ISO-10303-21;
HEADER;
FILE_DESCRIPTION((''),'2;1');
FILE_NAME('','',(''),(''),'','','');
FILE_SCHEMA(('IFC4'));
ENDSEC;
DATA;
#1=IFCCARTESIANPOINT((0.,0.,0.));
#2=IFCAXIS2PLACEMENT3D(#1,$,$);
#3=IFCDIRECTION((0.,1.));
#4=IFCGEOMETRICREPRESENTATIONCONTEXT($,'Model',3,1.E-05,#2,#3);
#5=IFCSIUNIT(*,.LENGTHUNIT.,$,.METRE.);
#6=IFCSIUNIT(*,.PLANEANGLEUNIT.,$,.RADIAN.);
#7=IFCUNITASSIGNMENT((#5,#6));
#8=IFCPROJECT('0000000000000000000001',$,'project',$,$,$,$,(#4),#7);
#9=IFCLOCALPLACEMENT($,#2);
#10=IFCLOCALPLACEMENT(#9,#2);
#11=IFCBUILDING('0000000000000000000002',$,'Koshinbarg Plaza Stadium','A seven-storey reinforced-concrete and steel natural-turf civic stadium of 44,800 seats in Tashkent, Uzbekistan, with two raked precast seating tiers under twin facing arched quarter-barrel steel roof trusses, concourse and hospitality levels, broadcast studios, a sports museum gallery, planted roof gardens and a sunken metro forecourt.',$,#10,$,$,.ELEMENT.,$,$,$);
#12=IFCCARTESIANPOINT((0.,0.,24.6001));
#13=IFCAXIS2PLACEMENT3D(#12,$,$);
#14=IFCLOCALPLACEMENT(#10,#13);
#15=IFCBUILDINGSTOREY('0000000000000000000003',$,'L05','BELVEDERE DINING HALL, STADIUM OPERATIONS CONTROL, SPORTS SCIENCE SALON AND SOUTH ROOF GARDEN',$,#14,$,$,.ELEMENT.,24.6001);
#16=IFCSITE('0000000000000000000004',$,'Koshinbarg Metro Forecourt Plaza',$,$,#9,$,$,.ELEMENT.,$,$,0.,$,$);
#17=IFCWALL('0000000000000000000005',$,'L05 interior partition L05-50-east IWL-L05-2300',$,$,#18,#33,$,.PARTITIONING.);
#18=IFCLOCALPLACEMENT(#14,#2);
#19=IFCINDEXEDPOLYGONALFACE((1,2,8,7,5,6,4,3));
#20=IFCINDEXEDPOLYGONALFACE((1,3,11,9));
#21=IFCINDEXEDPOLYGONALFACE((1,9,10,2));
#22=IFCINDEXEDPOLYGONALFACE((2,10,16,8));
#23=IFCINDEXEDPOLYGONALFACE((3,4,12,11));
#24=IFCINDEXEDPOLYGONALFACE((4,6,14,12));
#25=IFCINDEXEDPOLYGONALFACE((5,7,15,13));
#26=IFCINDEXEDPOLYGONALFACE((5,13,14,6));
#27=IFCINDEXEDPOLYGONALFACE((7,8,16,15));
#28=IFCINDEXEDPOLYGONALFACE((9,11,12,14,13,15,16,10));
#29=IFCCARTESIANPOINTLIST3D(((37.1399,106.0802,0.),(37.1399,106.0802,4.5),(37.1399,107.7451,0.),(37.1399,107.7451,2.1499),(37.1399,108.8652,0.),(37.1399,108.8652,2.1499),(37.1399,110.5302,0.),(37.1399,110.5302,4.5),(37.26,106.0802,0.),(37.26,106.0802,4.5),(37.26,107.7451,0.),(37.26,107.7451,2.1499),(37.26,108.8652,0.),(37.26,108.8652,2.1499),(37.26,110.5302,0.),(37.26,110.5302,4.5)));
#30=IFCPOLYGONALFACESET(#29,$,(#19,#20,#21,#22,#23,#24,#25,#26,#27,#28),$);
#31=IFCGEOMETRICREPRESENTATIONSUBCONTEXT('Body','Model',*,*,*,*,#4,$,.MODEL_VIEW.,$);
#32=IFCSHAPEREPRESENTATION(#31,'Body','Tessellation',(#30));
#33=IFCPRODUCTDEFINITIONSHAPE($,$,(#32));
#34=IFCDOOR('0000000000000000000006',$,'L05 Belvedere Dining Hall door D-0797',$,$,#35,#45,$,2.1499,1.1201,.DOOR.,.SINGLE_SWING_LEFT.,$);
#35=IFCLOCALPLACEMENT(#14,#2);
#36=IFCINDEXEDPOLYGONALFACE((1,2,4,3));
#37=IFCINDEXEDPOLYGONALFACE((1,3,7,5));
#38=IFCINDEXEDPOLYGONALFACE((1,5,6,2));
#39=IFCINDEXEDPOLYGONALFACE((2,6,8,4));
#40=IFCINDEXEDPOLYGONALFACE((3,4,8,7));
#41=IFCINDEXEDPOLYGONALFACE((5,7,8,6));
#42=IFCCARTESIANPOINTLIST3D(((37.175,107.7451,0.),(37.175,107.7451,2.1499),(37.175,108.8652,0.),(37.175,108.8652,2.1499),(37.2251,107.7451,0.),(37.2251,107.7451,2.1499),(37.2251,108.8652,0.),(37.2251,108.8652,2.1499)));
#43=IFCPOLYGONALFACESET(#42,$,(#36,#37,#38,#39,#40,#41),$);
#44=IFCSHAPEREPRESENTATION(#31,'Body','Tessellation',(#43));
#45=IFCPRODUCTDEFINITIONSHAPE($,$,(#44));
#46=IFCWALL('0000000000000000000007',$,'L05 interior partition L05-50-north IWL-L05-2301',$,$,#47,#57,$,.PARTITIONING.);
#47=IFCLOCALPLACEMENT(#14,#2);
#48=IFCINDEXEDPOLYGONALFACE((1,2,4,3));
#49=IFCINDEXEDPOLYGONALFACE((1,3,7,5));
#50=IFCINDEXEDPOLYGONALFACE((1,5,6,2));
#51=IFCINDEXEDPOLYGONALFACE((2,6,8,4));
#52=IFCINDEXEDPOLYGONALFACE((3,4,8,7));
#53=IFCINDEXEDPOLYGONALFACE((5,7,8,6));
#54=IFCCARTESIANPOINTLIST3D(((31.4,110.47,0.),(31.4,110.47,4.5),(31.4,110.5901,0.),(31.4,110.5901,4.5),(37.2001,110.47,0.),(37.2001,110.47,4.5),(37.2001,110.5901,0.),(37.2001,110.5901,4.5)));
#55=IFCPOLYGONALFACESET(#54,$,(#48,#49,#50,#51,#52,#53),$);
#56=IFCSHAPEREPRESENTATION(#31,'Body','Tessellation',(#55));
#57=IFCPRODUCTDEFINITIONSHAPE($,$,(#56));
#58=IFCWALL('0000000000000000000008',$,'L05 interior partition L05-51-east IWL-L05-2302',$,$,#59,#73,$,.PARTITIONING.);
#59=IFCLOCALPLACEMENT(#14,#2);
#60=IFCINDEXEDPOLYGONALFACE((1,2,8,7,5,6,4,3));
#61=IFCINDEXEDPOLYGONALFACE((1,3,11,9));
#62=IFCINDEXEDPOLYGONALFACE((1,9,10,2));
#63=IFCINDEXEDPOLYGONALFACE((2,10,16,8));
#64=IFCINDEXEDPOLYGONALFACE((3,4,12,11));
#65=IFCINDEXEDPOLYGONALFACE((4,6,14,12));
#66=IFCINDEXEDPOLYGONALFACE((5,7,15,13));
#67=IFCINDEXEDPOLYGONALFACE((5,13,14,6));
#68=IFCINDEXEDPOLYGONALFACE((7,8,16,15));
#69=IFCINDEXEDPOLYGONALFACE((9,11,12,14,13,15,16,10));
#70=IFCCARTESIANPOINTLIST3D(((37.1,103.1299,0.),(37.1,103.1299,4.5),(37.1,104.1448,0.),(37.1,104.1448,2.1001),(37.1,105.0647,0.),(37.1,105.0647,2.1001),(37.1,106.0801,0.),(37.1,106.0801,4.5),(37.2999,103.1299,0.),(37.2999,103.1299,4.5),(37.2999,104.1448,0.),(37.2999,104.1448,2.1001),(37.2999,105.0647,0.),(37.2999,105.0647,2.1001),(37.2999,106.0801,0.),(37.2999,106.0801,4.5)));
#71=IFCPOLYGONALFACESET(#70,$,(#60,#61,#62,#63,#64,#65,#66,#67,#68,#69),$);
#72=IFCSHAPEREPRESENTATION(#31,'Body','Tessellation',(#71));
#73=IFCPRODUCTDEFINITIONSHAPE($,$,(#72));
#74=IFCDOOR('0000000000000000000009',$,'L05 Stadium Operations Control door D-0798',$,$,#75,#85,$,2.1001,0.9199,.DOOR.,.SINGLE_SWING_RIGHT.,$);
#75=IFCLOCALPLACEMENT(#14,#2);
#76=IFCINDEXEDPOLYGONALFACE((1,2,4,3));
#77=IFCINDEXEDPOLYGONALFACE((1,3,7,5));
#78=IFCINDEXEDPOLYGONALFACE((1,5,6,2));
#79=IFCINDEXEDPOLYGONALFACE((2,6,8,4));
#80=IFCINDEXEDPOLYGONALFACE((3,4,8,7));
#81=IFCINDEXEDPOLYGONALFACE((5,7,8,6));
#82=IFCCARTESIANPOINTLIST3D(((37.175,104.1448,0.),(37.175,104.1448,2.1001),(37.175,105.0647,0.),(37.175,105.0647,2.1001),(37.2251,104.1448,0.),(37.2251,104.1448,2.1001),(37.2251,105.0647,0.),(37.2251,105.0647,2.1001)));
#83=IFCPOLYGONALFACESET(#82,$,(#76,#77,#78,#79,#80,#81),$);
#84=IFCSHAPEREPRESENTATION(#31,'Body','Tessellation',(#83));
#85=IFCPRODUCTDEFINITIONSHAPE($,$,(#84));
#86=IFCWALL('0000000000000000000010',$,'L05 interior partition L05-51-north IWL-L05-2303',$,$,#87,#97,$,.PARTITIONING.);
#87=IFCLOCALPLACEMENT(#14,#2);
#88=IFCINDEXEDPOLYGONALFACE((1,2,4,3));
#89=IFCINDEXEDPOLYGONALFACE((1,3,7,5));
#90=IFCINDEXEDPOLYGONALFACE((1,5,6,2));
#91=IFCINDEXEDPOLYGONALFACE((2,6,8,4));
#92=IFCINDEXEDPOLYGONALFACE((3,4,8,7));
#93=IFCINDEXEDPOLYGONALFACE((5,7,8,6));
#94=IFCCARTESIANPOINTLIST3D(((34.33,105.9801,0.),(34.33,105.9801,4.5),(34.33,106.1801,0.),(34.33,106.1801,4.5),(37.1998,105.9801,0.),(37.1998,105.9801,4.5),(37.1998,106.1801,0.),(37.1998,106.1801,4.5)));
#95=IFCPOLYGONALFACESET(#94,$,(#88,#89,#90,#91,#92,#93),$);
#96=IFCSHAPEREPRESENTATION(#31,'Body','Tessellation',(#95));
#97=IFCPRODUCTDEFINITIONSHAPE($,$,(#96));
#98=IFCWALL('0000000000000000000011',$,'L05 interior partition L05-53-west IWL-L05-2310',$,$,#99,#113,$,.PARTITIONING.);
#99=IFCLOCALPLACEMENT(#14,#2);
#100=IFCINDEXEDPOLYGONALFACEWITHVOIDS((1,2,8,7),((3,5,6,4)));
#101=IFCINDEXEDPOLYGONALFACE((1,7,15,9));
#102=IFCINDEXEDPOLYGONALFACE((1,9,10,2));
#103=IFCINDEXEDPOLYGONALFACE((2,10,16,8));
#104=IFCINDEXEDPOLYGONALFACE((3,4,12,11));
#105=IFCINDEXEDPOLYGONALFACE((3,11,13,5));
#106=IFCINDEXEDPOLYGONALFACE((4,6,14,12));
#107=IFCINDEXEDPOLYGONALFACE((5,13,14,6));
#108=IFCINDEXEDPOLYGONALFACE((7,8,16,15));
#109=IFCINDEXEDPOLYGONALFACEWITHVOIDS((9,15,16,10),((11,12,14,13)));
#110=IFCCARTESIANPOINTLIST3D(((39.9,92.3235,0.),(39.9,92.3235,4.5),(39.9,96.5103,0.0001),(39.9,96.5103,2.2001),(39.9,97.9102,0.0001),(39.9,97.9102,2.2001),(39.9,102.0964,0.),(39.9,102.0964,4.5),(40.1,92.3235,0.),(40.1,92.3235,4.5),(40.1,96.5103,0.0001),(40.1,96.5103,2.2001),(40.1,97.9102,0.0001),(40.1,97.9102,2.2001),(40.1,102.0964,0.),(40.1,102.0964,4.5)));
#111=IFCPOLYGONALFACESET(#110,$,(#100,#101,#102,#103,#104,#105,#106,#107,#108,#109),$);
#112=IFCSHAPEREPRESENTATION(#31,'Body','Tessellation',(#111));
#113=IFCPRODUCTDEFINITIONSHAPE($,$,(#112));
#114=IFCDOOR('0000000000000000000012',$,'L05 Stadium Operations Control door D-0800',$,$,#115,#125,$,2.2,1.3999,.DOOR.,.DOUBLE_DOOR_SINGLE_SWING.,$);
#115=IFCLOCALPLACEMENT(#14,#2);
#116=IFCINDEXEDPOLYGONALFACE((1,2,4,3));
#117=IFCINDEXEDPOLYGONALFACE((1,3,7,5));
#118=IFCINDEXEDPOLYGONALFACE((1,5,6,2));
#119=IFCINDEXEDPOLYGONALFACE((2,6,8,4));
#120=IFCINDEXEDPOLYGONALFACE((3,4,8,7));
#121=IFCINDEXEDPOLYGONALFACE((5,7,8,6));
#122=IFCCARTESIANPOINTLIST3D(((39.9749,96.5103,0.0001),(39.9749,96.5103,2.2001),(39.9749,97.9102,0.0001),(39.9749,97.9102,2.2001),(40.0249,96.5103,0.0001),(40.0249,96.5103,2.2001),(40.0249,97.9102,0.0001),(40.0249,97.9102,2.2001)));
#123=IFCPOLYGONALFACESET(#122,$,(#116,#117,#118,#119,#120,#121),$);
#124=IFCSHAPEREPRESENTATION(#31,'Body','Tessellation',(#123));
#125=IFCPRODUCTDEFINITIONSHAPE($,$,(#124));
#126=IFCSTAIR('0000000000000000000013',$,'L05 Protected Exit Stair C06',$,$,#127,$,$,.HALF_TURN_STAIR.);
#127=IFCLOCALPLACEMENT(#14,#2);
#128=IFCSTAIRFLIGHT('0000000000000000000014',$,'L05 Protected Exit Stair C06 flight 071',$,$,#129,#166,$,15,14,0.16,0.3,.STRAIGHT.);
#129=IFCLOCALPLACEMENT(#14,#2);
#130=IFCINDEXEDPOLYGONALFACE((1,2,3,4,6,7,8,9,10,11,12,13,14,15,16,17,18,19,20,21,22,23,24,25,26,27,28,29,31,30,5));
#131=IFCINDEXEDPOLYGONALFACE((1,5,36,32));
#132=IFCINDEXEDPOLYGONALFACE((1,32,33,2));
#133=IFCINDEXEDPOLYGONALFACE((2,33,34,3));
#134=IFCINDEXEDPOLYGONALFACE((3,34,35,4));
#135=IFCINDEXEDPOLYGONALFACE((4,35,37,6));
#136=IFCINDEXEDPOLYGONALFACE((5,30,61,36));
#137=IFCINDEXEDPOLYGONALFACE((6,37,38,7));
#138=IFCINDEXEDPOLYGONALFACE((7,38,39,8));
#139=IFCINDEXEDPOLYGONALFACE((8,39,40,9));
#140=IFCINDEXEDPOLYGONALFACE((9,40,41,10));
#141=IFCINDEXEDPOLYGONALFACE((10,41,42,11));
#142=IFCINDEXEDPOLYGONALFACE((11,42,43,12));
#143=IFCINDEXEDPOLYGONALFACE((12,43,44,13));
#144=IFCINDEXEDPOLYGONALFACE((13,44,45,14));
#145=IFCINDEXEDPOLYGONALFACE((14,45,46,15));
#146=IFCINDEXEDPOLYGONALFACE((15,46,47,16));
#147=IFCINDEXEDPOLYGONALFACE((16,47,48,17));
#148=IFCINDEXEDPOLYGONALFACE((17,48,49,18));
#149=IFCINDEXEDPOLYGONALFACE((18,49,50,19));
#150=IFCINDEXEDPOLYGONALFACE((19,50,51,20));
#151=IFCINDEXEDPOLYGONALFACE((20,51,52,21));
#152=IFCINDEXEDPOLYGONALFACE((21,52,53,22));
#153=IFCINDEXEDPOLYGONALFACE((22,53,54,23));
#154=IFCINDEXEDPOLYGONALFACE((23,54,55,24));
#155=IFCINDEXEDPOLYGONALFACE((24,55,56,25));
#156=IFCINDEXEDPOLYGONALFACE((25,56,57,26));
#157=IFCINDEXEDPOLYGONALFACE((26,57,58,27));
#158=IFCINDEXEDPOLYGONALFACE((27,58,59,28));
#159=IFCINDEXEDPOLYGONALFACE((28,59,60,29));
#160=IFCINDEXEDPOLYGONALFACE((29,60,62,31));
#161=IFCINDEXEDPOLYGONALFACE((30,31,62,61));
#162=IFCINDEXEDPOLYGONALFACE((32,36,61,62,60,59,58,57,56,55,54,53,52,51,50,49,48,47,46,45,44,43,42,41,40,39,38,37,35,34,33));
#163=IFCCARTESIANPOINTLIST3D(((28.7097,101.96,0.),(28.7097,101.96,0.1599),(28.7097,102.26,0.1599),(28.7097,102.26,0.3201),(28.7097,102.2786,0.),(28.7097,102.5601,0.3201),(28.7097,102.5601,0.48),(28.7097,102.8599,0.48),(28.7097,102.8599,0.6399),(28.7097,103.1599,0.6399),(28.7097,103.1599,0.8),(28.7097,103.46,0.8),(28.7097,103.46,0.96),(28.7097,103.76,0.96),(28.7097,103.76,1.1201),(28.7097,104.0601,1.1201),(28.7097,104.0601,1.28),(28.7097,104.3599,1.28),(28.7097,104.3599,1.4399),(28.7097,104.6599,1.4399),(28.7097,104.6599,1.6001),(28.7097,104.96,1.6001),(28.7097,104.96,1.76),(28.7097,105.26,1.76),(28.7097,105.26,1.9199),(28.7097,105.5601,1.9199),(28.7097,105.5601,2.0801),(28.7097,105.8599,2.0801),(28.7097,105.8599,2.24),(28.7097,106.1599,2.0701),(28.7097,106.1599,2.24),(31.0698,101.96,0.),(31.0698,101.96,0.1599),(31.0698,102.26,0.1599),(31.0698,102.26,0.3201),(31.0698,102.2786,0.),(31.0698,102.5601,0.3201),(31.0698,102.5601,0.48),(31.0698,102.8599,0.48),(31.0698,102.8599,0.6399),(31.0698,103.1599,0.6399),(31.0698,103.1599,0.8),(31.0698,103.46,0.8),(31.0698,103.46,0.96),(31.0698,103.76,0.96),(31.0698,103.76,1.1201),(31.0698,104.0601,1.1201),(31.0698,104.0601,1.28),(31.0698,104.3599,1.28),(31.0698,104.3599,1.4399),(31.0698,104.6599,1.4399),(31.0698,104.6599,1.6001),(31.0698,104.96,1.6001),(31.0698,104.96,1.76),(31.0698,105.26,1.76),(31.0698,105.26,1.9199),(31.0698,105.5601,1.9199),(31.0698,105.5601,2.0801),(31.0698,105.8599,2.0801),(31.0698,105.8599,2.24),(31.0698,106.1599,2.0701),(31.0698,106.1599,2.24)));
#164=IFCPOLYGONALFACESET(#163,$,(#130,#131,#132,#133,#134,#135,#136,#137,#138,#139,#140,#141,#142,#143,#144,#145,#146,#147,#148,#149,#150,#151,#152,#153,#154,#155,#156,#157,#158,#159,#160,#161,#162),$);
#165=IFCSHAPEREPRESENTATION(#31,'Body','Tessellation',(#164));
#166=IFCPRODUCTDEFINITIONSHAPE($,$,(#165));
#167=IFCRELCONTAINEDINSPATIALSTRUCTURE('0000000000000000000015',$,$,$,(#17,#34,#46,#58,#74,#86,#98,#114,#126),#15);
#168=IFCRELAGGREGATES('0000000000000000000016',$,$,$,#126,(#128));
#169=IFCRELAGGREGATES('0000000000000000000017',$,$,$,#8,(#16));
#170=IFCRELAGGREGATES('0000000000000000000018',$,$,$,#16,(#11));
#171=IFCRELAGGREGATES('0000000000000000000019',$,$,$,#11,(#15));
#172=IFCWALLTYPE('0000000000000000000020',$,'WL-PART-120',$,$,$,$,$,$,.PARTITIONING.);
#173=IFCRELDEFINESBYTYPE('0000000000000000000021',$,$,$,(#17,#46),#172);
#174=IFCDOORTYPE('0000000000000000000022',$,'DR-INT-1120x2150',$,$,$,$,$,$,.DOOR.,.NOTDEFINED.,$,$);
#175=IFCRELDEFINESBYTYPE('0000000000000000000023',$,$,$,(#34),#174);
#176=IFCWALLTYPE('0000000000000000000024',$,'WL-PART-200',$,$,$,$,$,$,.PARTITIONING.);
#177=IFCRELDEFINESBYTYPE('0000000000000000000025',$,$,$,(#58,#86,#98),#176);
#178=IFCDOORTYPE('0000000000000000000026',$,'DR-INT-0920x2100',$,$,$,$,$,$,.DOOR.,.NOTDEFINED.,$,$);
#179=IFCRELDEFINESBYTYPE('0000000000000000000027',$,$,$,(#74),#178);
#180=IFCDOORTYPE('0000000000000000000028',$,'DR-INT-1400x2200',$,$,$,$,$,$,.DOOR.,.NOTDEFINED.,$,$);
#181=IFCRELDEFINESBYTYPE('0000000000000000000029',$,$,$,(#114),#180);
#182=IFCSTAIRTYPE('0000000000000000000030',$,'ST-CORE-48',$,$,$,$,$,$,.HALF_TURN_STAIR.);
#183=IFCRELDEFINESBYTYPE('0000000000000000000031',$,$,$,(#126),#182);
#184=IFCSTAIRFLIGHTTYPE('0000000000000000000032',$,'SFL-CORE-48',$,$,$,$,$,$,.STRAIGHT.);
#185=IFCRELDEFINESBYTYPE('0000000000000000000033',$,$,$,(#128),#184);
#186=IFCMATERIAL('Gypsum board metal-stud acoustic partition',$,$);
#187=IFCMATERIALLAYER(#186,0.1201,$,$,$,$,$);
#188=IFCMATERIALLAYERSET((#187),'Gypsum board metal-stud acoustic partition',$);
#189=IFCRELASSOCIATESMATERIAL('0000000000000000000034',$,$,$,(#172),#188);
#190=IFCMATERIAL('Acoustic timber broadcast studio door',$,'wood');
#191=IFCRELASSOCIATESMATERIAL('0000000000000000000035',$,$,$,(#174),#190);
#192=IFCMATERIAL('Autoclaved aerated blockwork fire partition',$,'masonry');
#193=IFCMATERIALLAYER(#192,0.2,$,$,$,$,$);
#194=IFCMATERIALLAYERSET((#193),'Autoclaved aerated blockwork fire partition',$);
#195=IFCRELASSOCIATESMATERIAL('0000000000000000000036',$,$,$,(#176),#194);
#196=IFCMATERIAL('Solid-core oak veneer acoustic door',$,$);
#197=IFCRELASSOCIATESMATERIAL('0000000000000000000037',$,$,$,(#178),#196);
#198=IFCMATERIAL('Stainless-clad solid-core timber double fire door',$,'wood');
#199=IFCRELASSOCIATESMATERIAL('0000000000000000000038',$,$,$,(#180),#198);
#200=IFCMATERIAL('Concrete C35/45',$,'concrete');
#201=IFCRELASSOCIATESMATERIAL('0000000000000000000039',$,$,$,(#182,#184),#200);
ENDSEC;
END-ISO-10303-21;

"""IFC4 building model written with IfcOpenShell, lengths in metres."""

from ifc_helpers import new_model, si_unit, direction, frame, frame_2d, origin, place, context, subcontext, project, spatial, polyline, rectangle, outline, extrude, material, layer, layer_set, type_object, element, fill, aggregate, save


model = new_model("IFC4")

# Units and contexts
model_context = context("Model", 3, precision=1e-05, world=origin(), true_north=direction((0.0, 1.0)))
body_context = subcontext(model_context, "Body", "Model", "MODEL_VIEW")
ifc_project = project(units=[si_unit("LENGTHUNIT", "METRE"), si_unit("PLANEANGLEUNIT", "RADIAN")], contexts=[model_context])

# Site, building, storey
site_placement = place(None, origin())
site = spatial("IfcSite", under=ifc_project, at=site_placement, Name="Koshinbarg Metro Forecourt Plaza", CompositionType="ELEMENT", RefElevation=0.0)
building_placement = place(site_placement, origin())
building = spatial("IfcBuilding", under=site, at=building_placement, Name="Koshinbarg Plaza Stadium", Description="A seven-storey reinforced-concrete and steel natural-turf civic stadium of 44,800 seats in Tashkent, Uzbekistan, with two raked precast seating tiers under twin facing arched quarter-barrel steel roof trusses, concourse and hospitality levels, broadcast studios, a sports museum gallery, planted roof gardens and a sunken metro forecourt.", CompositionType="ELEMENT")
storey_placement = place(building_placement, frame((0.0, 0.0, 24.6001)))
storey = spatial("IfcBuildingStorey", under=building, at=storey_placement, Name="L05", Description="BELVEDERE DINING HALL, STADIUM OPERATIONS CONTROL, SPORTS SCIENCE SALON AND SOUTH ROOF GARDEN", CompositionType="ELEMENT", Elevation=24.6001)

# Wall, opening, door
ifc_material_1 = material(Name="Gypsum board metal-stud acoustic partition")
ifc_layer_1 = layer(ifc_material_1, 0.1201)
ifc_layer_set_1 = layer_set([ifc_layer_1], Name="Gypsum board metal-stud acoustic partition")
wall_type_1 = type_object("IfcWallType", Name="WL-PART-120", PredefinedType="PARTITIONING", material=ifc_layer_set_1)
wall_1_placement = place(storey_placement, frame((37.2, 106.0801, 0.0), z_axis=(0.0, 0.0, 1.0), x_axis=(0.0, 1.0, 0.0)))
wall_1 = element("IfcWall", 1, at=wall_1_placement, inside=storey, type_object=wall_type_1, Name="L05 interior partition L05-50-east IWL-L05-2300", PredefinedType="PARTITIONING", context=body_context, shape_type="SweptSolid", body=[
    extrude(rectangle(XDim=4.45, YDim=0.1201, at=frame_2d((2.2251, 0.0))), origin(), (0.0, 0.0, 1.0), 4.5),
])
opening_1_placement = place(wall_1_placement, frame((1.665, 0.0, 0.0)))
opening_1 = element("IfcOpeningElement", 2, at=opening_1_placement, cuts=wall_1, PredefinedType="OPENING", context=body_context, shape_type="SweptSolid", body=[
    extrude(rectangle(XDim=1.1201, YDim=2.1499, at=frame_2d((0.5601, 1.075))), frame((0.0, 0.0701, 0.0), z_axis=(0.0, -1.0, 0.0), x_axis=(1.0, 0.0, 0.0)), (0.0, 0.0, 1.0), 0.1401),
])
ifc_material_2 = material(Name="Acoustic timber broadcast studio door", Category="wood")
door_type_1 = type_object("IfcDoorType", Name="DR-INT-1120x2150", OperationType="NOTDEFINED", PredefinedType="DOOR", material=ifc_material_2)
door_1_placement = place(opening_1_placement, origin())
door_1 = element("IfcDoor", 3, at=door_1_placement, inside=storey, type_object=door_type_1, Name="L05 Belvedere Dining Hall door D-0797", OperationType="SINGLE_SWING_LEFT", OverallHeight=2.1499, OverallWidth=1.1201, PredefinedType="DOOR", context=body_context, shape_type="SweptSolid", body=[
    extrude(rectangle(XDim=1.1201, YDim=2.1499, at=frame_2d((0.5601, 1.075))), frame((0.0, 0.0249, 0.0), z_axis=(0.0, -1.0, 0.0), x_axis=(1.0, 0.0, 0.0)), (0.0, 0.0, 1.0), 0.05),
])
fill(opening_1, door_1)

# Wall
wall_2_placement = place(storey_placement, frame((37.2, 110.53, 0.0), z_axis=(0.0, 0.0, 1.0), x_axis=(-1.0, 0.0, 0.0)))
element("IfcWall", 4, at=wall_2_placement, inside=storey, type_object=wall_type_1, Name="L05 interior partition L05-50-north IWL-L05-2301", PredefinedType="PARTITIONING", context=body_context, shape_type="SweptSolid", body=[
    extrude(rectangle(XDim=5.8, YDim=0.1201, at=frame_2d((2.8999, 0.0))), origin(), (0.0, 0.0, 1.0), 4.5),
])

# Wall, opening, door
ifc_material_3 = material(Name="Autoclaved aerated blockwork fire partition", Category="masonry")
ifc_layer_2 = layer(ifc_material_3, 0.2)
ifc_layer_set_2 = layer_set([ifc_layer_2], Name="Autoclaved aerated blockwork fire partition")
wall_type_2 = type_object("IfcWallType", Name="WL-PART-200", PredefinedType="PARTITIONING", material=ifc_layer_set_2)
wall_3_placement = place(storey_placement, frame((37.2, 103.1299, 0.0), z_axis=(0.0, 0.0, 1.0), x_axis=(0.0, 1.0, 0.0)))
wall_3 = element("IfcWall", 5, at=wall_3_placement, inside=storey, type_object=wall_type_2, Name="L05 interior partition L05-51-east IWL-L05-2302", PredefinedType="PARTITIONING", context=body_context, shape_type="SweptSolid", body=[
    extrude(rectangle(XDim=2.9502, YDim=0.2, at=frame_2d((1.4751, 0.0))), origin(), (0.0, 0.0, 1.0), 4.5),
])
opening_2_placement = place(wall_3_placement, frame((1.0149, 0.0, 0.0)))
opening_2 = element("IfcOpeningElement", 6, at=opening_2_placement, cuts=wall_3, PredefinedType="OPENING", context=body_context, shape_type="SweptSolid", body=[
    extrude(rectangle(XDim=0.9199, YDim=2.1001, at=frame_2d((0.46, 1.05))), frame((0.0, 0.1099, 0.0), z_axis=(0.0, -1.0, 0.0), x_axis=(1.0, 0.0, 0.0)), (0.0, 0.0, 1.0), 0.22),
])
ifc_material_4 = material(Name="Solid-core oak veneer acoustic door")
door_type_2 = type_object("IfcDoorType", Name="DR-INT-0920x2100", OperationType="NOTDEFINED", PredefinedType="DOOR", material=ifc_material_4)
door_2_placement = place(opening_2_placement, origin())
door_2 = element("IfcDoor", 7, at=door_2_placement, inside=storey, type_object=door_type_2, Name="L05 Stadium Operations Control door D-0798", OperationType="SINGLE_SWING_RIGHT", OverallHeight=2.1001, OverallWidth=0.9199, PredefinedType="DOOR", context=body_context, shape_type="SweptSolid", body=[
    extrude(rectangle(XDim=0.9199, YDim=2.1001, at=frame_2d((0.46, 1.05))), frame((0.0, 0.0249, 0.0), z_axis=(0.0, -1.0, 0.0), x_axis=(1.0, 0.0, 0.0)), (0.0, 0.0, 1.0), 0.05),
])
fill(opening_2, door_2)

# Wall
wall_4_placement = place(storey_placement, frame((37.2, 106.0801, 0.0), z_axis=(0.0, 0.0, 1.0), x_axis=(-1.0, 0.0, 0.0)))
element("IfcWall", 8, at=wall_4_placement, inside=storey, type_object=wall_type_2, Name="L05 interior partition L05-51-north IWL-L05-2303", PredefinedType="PARTITIONING", context=body_context, shape_type="SweptSolid", body=[
    extrude(rectangle(XDim=2.8699, YDim=0.2, at=frame_2d((1.4351, 0.0))), origin(), (0.0, 0.0, 1.0), 4.5),
])

# Wall, opening, door
wall_5_placement = place(storey_placement, frame((40.0, 102.0964, 0.0), z_axis=(0.0, 0.0, 1.0), x_axis=(0.0, -1.0, 0.0)))
wall_5 = element("IfcWall", 9, at=wall_5_placement, inside=storey, type_object=wall_type_2, Name="L05 interior partition L05-53-west IWL-L05-2310", PredefinedType="PARTITIONING", context=body_context, shape_type="SweptSolid", body=[
    extrude(rectangle(XDim=9.7729, YDim=0.2, at=frame_2d((4.8865, 0.0))), origin(), (0.0, 0.0, 1.0), 4.5),
])
opening_3_placement = place(wall_5_placement, frame((4.1863, 0.0, 0.0)))
opening_3 = element("IfcOpeningElement", 10, at=opening_3_placement, cuts=wall_5, PredefinedType="OPENING", context=body_context, shape_type="SweptSolid", body=[
    extrude(rectangle(XDim=1.3999, YDim=2.2, at=frame_2d((0.7, 1.1001))), frame((0.0, 0.1099, 0.0), z_axis=(0.0, -1.0, 0.0), x_axis=(1.0, 0.0, 0.0)), (0.0, 0.0, 1.0), 0.22),
])
ifc_material_5 = material(Name="Stainless-clad solid-core timber double fire door", Category="wood")
door_type_3 = type_object("IfcDoorType", Name="DR-INT-1400x2200", OperationType="NOTDEFINED", PredefinedType="DOOR", material=ifc_material_5)
door_3_placement = place(opening_3_placement, origin())
door_3 = element("IfcDoor", 11, at=door_3_placement, inside=storey, type_object=door_type_3, Name="L05 Stadium Operations Control door D-0800", OperationType="DOUBLE_DOOR_SINGLE_SWING", OverallHeight=2.2, OverallWidth=1.3999, PredefinedType="DOOR", context=body_context, shape_type="SweptSolid", body=[
    extrude(rectangle(XDim=1.3999, YDim=2.2, at=frame_2d((0.7, 1.1001))), frame((0.0, 0.0249, 0.0), z_axis=(0.0, -1.0, 0.0), x_axis=(1.0, 0.0, 0.0)), (0.0, 0.0, 1.0), 0.05),
])
fill(opening_3, door_3)

# Stair, stair flight
ifc_material_6 = material(Name="Concrete C35/45", Category="concrete")
stair_type = type_object("IfcStairType", Name="ST-CORE-48", PredefinedType="HALF_TURN_STAIR", material=ifc_material_6)
stair_placement = place(storey_placement, origin())
stair = element("IfcStair", 12, at=stair_placement, inside=storey, type_object=stair_type, Name="L05 Protected Exit Stair C06", PredefinedType="HALF_TURN_STAIR")
stair_flight_type = type_object("IfcStairFlightType", Name="SFL-CORE-48", PredefinedType="STRAIGHT", material=ifc_material_6)
stair_flight_placement = place(storey_placement, frame((29.8899, 101.96, 0.0), z_axis=(0.0, 0.0, 1.0), x_axis=(0.0, 1.0, 0.0)))
stair_flight = element("IfcStairFlight", 13, at=stair_flight_placement, type_object=stair_flight_type, Name="L05 Protected Exit Stair C06 flight 071", NumberOfRisers=15, NumberOfTreads=14, PredefinedType="STRAIGHT", RiserHeight=0.16, TreadLength=0.3, context=body_context, shape_type="SweptSolid", body=[
    extrude(outline(polyline([(0.0, 0.0), (0.0, 0.1599), (0.3, 0.1599), (0.3, 0.3201), (0.6001, 0.3201), (0.6001, 0.48), (0.8999, 0.48), (0.8999, 0.6399), (1.2, 0.6399), (1.2, 0.8), (1.5, 0.8), (1.5, 0.96), (1.8, 0.96), (1.8, 1.1201), (2.1001, 1.1201), (2.1001, 1.28), (2.3999, 1.28), (2.3999, 1.4399), (2.7, 1.4399), (2.7, 1.6001), (3.0, 1.6001), (3.0, 1.76), (3.3, 1.76), (3.3, 1.9199), (3.6001, 1.9199), (3.6001, 2.0801), (3.8999, 2.0801), (3.8999, 2.24), (4.2, 2.24), (4.2, 2.3999), (4.2, 2.0701), (0.3186, 0.0), (0.0, 0.0)])), frame((0.0, 1.1802, 0.0), z_axis=(0.0, -1.0, 0.0), x_axis=(1.0, 0.0, 0.0)), (0.0, 0.0, 1.0), 2.3601),
])
aggregate(stair, [stair_flight])

save(model, "model.ifc")
